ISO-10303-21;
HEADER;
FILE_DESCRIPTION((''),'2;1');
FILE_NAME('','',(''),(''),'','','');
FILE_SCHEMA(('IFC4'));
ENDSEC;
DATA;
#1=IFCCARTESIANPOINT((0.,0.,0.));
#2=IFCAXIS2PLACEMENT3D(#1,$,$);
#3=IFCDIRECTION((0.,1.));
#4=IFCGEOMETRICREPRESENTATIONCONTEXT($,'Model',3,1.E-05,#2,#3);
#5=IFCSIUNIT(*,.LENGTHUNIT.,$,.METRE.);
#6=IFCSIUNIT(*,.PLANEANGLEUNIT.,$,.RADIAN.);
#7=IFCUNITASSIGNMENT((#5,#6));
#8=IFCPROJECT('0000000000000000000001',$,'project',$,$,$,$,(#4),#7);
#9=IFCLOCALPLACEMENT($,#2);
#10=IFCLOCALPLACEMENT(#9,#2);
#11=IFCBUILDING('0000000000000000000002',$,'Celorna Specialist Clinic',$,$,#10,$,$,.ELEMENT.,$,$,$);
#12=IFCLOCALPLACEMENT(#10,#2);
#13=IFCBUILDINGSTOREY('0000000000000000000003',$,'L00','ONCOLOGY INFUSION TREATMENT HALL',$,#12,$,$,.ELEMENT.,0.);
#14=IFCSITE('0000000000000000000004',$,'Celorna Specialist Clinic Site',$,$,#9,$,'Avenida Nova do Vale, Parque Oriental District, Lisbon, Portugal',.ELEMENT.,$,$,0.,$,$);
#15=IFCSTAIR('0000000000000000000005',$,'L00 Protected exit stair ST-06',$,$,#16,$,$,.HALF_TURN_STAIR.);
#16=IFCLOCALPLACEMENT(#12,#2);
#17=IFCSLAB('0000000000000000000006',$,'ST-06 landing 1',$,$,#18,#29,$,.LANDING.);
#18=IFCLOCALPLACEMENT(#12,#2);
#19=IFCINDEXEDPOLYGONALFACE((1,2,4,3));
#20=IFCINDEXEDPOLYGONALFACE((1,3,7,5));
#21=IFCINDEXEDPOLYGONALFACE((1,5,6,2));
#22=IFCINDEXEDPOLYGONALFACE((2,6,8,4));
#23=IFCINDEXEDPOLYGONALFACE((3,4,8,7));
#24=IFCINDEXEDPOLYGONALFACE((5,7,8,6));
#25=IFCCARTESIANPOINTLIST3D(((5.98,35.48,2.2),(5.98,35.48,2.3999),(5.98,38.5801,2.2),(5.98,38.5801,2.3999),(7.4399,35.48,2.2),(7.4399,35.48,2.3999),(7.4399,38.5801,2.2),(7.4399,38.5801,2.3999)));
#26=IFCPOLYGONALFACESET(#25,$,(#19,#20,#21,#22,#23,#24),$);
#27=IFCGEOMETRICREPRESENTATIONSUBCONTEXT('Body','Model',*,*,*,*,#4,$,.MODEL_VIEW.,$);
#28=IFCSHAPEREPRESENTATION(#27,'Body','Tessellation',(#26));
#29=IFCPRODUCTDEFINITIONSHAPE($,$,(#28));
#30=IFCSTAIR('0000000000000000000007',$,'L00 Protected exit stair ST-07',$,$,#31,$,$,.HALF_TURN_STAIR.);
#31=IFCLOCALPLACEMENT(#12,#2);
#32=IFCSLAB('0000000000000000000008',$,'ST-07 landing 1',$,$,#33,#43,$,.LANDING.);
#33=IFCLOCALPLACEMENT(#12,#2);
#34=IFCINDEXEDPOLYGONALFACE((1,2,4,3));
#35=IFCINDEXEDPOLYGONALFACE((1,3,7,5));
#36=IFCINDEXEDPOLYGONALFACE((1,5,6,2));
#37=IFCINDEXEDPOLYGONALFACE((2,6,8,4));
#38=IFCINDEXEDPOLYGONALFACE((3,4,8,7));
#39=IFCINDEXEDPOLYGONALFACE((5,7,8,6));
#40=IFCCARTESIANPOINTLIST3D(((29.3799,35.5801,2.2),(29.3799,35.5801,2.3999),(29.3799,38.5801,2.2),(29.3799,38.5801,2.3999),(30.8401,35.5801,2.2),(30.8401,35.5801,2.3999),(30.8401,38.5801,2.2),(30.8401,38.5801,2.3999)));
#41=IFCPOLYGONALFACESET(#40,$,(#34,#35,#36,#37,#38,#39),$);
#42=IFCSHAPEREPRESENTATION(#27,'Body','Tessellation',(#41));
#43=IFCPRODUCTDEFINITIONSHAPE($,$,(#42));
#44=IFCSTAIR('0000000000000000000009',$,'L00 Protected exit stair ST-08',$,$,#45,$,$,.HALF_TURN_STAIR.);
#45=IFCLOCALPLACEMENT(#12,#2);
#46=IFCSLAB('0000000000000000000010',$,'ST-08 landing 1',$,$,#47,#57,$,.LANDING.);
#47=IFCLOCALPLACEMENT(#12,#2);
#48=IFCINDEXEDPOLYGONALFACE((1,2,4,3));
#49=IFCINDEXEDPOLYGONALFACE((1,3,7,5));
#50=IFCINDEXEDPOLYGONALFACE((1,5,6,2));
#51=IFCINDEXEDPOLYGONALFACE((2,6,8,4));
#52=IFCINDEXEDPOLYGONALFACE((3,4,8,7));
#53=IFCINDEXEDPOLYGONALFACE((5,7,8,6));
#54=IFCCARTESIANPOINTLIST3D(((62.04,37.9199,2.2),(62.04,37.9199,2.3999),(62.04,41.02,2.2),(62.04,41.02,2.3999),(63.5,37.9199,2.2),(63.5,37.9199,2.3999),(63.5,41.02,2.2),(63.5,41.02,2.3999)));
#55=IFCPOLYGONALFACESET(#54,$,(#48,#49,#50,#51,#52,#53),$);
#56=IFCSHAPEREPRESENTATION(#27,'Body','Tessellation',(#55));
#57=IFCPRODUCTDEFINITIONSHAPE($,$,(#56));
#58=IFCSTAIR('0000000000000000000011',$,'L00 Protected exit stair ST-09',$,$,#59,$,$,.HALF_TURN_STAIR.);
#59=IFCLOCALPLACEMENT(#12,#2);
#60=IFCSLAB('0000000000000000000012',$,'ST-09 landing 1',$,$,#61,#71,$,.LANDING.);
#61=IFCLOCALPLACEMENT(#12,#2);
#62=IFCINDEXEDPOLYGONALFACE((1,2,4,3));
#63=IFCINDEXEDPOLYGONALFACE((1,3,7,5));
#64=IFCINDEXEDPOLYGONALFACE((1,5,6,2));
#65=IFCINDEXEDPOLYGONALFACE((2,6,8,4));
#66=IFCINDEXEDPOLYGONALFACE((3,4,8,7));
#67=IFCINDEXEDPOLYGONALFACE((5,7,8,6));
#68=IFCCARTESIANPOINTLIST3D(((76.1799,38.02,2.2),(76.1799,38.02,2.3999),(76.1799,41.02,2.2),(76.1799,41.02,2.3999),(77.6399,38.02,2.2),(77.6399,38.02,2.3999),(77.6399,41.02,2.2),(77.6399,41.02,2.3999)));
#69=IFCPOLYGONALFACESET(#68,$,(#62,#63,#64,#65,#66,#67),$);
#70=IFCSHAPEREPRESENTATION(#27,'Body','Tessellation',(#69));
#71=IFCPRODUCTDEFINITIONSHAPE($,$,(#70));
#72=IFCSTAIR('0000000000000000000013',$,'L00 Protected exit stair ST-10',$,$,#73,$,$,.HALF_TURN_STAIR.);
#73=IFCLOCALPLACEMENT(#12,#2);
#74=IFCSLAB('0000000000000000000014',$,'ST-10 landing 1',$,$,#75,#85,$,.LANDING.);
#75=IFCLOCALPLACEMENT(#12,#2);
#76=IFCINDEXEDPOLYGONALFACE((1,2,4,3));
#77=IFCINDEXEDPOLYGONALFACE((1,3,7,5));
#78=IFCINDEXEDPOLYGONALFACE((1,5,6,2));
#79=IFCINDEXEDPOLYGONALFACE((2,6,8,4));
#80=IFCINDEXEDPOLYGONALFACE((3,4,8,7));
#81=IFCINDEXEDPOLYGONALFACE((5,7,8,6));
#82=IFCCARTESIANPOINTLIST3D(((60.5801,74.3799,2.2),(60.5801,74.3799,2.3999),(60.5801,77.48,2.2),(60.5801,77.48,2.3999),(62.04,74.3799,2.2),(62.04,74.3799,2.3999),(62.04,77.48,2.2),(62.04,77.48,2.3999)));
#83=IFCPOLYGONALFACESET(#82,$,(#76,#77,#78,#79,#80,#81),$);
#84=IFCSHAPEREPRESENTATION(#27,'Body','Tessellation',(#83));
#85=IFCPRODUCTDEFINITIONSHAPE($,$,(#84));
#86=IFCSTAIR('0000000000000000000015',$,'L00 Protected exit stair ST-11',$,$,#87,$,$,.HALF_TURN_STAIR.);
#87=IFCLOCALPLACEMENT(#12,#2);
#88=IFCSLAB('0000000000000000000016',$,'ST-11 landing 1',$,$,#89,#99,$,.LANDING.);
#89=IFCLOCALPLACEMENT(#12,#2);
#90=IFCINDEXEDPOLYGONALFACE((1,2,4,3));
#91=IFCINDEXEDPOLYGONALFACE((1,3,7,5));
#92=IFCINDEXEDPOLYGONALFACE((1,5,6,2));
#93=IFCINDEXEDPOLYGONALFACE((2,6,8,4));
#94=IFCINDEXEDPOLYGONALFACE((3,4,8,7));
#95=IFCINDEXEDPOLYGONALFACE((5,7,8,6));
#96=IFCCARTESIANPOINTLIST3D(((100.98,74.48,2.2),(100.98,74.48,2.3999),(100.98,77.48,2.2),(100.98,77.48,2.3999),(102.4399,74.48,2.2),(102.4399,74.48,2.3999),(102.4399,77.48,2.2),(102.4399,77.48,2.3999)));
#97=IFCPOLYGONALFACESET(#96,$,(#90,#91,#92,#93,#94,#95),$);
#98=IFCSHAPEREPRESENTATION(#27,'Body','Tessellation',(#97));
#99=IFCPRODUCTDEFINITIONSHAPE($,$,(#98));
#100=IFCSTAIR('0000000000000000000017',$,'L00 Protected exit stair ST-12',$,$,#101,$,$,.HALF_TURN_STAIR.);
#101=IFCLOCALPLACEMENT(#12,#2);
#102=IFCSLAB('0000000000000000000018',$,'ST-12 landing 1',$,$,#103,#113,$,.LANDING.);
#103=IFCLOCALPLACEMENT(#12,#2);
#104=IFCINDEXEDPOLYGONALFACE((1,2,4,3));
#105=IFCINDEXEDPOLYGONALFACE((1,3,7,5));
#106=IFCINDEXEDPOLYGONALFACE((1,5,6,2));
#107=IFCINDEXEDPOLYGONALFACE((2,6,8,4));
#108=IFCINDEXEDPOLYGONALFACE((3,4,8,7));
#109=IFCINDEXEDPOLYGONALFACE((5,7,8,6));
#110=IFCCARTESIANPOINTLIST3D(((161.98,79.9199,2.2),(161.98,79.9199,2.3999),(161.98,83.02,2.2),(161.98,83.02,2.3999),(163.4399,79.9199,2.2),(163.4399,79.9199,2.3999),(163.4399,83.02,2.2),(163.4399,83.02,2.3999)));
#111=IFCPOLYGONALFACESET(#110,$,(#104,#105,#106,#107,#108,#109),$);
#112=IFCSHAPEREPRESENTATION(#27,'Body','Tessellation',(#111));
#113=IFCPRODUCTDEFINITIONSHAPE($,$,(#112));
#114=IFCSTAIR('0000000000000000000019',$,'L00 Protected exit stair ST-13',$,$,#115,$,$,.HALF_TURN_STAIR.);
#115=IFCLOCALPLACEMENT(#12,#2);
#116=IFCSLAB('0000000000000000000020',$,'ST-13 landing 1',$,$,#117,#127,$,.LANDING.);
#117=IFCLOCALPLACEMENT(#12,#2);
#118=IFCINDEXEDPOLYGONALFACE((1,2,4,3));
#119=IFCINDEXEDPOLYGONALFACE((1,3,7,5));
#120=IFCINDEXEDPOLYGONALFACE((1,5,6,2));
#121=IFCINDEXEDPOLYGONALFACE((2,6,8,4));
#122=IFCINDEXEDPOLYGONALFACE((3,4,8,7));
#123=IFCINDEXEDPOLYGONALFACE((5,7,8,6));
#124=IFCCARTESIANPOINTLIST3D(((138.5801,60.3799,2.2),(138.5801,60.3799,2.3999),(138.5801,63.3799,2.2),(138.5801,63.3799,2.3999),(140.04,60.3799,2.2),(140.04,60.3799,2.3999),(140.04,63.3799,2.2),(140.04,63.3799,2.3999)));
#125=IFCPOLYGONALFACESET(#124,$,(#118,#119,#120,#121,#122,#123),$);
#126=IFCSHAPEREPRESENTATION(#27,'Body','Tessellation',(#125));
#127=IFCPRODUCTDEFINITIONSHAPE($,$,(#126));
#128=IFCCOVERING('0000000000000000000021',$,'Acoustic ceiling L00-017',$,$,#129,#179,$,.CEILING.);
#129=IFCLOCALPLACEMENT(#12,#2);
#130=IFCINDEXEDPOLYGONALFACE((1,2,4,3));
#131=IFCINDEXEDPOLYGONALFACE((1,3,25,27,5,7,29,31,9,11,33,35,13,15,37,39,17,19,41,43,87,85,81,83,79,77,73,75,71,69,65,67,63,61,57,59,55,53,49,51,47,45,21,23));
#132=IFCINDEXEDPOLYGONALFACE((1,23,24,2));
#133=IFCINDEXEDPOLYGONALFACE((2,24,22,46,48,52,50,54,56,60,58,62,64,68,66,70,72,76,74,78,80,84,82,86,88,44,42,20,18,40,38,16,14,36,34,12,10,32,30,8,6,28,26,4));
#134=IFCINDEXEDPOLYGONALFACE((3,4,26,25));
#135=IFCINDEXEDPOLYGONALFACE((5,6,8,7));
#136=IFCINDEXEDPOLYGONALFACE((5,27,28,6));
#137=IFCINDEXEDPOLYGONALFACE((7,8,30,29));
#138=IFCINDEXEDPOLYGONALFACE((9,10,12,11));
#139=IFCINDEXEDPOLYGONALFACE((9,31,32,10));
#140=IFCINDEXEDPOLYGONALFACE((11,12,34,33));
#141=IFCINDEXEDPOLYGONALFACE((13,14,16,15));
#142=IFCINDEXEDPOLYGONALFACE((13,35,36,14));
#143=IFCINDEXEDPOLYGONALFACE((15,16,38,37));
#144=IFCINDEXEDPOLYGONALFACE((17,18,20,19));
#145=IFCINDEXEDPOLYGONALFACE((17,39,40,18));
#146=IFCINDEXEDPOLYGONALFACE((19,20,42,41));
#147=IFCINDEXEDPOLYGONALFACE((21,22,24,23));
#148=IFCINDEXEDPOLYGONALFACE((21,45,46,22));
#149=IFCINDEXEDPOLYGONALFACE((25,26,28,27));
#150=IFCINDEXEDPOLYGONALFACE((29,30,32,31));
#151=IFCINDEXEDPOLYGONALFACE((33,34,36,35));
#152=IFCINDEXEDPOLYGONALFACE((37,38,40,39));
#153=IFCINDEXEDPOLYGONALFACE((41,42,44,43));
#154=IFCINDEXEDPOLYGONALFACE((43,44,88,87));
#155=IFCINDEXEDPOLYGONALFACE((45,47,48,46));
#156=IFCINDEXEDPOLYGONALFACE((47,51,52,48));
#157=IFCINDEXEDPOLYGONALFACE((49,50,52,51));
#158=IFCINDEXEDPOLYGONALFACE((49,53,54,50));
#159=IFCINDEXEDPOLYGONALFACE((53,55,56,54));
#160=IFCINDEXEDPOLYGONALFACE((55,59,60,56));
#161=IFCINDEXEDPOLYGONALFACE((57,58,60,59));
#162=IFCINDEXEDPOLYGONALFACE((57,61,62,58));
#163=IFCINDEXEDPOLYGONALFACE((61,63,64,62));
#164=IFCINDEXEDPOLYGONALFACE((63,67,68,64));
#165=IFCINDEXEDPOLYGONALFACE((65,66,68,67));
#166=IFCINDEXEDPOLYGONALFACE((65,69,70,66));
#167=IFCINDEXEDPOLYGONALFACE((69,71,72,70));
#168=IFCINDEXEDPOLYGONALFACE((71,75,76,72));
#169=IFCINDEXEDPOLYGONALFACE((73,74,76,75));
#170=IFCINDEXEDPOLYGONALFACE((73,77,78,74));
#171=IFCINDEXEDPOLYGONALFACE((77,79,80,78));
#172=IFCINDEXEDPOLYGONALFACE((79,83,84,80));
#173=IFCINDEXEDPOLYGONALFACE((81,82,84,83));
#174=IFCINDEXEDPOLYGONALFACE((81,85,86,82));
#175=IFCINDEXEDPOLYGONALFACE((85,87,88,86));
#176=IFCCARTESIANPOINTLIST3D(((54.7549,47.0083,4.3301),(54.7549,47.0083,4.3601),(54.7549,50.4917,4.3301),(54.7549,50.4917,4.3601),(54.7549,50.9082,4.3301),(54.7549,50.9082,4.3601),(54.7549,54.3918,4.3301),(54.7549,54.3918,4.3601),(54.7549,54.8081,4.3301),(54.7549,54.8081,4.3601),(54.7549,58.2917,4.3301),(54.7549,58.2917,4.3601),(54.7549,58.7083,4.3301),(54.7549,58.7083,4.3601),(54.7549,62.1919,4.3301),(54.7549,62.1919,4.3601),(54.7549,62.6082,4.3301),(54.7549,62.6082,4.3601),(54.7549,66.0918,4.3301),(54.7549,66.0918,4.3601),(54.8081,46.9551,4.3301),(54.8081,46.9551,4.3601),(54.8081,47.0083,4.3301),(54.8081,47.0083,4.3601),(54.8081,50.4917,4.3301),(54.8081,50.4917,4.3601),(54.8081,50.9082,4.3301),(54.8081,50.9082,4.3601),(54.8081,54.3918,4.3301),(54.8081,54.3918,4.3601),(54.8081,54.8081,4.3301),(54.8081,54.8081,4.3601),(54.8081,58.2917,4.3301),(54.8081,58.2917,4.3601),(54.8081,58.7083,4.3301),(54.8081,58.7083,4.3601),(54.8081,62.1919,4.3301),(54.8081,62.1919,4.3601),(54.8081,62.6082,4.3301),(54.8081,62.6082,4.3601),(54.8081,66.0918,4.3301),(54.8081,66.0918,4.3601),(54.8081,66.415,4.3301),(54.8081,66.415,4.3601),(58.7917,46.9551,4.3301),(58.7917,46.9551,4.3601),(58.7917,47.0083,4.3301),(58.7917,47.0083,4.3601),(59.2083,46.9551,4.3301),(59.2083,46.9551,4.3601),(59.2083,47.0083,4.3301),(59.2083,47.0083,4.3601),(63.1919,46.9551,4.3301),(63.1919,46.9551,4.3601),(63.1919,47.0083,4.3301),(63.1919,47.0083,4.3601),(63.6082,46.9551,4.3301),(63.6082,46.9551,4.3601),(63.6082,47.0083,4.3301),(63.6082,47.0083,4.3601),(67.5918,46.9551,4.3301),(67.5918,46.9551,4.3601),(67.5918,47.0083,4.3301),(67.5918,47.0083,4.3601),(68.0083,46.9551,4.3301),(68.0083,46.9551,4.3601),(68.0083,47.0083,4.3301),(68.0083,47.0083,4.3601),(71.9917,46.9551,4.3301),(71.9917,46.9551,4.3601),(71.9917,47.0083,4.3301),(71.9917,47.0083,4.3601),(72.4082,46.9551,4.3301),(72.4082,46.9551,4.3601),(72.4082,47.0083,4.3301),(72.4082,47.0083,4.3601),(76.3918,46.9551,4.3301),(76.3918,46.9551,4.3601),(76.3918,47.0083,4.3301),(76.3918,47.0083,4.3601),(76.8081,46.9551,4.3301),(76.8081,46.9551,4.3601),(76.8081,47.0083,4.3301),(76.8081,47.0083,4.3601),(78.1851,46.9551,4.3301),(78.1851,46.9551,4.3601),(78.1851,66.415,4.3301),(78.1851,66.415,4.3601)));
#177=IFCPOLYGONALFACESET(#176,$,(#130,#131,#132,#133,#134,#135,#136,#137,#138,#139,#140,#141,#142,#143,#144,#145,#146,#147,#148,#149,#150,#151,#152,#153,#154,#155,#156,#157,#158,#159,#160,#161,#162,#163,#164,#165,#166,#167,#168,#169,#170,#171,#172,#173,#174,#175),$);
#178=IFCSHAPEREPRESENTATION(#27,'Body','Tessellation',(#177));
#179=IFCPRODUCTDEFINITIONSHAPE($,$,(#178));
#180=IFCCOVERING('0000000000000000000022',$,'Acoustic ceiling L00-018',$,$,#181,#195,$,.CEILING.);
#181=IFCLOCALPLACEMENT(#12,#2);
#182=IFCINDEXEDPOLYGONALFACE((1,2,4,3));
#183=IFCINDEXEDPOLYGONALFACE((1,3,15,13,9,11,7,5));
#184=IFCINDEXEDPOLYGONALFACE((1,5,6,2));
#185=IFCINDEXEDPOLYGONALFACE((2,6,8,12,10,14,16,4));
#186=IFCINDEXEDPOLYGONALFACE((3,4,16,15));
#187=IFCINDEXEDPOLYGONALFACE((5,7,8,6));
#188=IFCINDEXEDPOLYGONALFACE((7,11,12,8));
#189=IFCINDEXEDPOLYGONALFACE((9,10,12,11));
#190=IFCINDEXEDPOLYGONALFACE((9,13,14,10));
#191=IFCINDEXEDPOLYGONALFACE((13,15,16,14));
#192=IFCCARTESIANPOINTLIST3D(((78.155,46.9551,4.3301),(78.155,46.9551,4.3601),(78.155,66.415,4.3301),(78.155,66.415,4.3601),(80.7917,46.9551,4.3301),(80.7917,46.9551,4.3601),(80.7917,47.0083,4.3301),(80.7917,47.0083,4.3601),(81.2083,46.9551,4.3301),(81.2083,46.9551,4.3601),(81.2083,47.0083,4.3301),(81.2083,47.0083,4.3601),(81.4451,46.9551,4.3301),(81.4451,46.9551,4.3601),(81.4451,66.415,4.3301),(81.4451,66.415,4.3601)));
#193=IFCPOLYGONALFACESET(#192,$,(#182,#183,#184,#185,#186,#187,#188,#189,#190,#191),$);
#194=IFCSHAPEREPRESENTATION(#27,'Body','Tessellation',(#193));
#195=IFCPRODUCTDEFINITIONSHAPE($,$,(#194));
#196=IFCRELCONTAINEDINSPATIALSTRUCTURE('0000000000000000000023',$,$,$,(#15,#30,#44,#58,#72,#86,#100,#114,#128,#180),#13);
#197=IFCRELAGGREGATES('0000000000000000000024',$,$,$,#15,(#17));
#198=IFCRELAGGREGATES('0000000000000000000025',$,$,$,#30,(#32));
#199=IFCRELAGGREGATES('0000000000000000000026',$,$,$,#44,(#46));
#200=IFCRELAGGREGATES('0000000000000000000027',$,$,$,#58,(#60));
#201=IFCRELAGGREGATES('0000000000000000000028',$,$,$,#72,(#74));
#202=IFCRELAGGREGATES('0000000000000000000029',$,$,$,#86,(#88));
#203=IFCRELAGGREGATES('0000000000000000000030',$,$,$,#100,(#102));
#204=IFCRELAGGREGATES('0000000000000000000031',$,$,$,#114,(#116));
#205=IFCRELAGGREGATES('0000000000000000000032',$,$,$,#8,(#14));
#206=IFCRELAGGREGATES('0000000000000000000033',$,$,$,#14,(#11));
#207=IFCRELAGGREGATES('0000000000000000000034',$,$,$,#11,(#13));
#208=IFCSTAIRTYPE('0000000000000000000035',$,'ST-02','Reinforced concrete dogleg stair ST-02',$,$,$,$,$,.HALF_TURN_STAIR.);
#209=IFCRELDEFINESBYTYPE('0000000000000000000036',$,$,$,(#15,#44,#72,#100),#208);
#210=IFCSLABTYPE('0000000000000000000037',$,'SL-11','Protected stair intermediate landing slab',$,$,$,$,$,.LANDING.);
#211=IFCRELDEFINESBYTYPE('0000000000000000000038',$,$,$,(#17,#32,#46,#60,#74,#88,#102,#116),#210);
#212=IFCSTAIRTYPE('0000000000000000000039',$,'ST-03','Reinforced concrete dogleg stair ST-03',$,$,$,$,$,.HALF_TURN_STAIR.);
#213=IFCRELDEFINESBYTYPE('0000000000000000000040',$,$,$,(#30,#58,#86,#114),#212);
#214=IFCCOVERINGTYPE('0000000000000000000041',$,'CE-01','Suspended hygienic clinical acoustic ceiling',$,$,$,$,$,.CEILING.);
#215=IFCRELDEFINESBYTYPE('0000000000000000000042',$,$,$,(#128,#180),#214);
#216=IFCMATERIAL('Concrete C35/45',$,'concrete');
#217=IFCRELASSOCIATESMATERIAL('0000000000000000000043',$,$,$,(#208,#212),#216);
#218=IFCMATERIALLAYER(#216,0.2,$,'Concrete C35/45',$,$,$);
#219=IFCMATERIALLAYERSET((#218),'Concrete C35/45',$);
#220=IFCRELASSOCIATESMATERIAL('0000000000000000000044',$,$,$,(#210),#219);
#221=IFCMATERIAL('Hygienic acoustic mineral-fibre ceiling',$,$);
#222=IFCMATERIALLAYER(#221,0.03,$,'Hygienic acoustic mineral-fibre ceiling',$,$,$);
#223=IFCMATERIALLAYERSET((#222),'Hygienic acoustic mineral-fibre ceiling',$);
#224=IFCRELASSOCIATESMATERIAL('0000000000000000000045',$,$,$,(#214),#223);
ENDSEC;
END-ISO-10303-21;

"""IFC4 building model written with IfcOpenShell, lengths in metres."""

from ifc_helpers import new_model, si_unit, direction, frame, origin, place, context, subcontext, project, spatial, polyline, outline, extrude, material, layer, layer_set, type_object, element, aggregate, save


model = new_model("IFC4")

# Units and contexts
model_context = context("Model", 3, precision=1e-05, world=origin(), true_north=direction((0.0, 1.0)))
body_context = subcontext(model_context, "Body", "Model", "MODEL_VIEW")
ifc_project = project(units=[si_unit("LENGTHUNIT", "METRE"), si_unit("PLANEANGLEUNIT", "RADIAN")], contexts=[model_context])

# Site, building, storey
site_placement = place(None, origin())
site = spatial("IfcSite", under=ifc_project, at=site_placement, Name="Celorna Specialist Clinic Site", LongName="Avenida Nova do Vale, Parque Oriental District, Lisbon, Portugal", CompositionType="ELEMENT", RefElevation=0.0)
building_placement = place(site_placement, origin())
building = spatial("IfcBuilding", under=site, at=building_placement, Name="Celorna Specialist Clinic", CompositionType="ELEMENT")
storey_placement = place(building_placement, origin())
storey = spatial("IfcBuildingStorey", under=building, at=storey_placement, Name="L00", Description="ONCOLOGY INFUSION TREATMENT HALL", CompositionType="ELEMENT", Elevation=0.0)

# Stairs, slabs
ifc_material_1 = material(Name="Concrete C35/45", Category="concrete")
stair_type_1 = type_object("IfcStairType", Name="ST-02", Description="Reinforced concrete dogleg stair ST-02", PredefinedType="HALF_TURN_STAIR", material=ifc_material_1)
stair_1_placement = place(storey_placement, origin())
stair_1 = element("IfcStair", 1, at=stair_1_placement, inside=storey, type_object=stair_type_1, Name="L00 Protected exit stair ST-06", PredefinedType="HALF_TURN_STAIR")
ifc_layer_1 = layer(ifc_material_1, 0.2, Name="Concrete C35/45")
ifc_layer_set_1 = layer_set([ifc_layer_1], Name="Concrete C35/45")
slab_type = type_object("IfcSlabType", Name="SL-11", Description="Protected stair intermediate landing slab", PredefinedType="LANDING", material=ifc_layer_set_1)
slab_1_placement = place(storey_placement, frame((0.0, 0.0, 2.2)))
slab_1 = element("IfcSlab", 2, at=slab_1_placement, type_object=slab_type, Name="ST-06 landing 1", PredefinedType="LANDING", context=body_context, shape_type="SweptSolid", body=[
    extrude(outline(polyline([(5.98, 35.48), (7.4399, 35.48), (7.4399, 38.5801), (5.98, 38.5801), (5.98, 35.48)])), origin(), (0.0, 0.0, 1.0), 0.2),
])
aggregate(stair_1, [slab_1])
stair_type_2 = type_object("IfcStairType", Name="ST-03", Description="Reinforced concrete dogleg stair ST-03", PredefinedType="HALF_TURN_STAIR", material=ifc_material_1)
stair_2_placement = place(storey_placement, origin())
stair_2 = element("IfcStair", 3, at=stair_2_placement, inside=storey, type_object=stair_type_2, Name="L00 Protected exit stair ST-07", PredefinedType="HALF_TURN_STAIR")
slab_2_placement = place(storey_placement, frame((0.0, 0.0, 2.2)))
slab_2 = element("IfcSlab", 4, at=slab_2_placement, type_object=slab_type, Name="ST-07 landing 1", PredefinedType="LANDING", context=body_context, shape_type="SweptSolid", body=[
    extrude(outline(polyline([(29.3799, 35.5801), (30.8401, 35.5801), (30.8401, 38.5801), (29.3799, 38.5801), (29.3799, 35.5801)])), origin(), (0.0, 0.0, 1.0), 0.2),
])
aggregate(stair_2, [slab_2])
stair_3_placement = place(storey_placement, origin())
stair_3 = element("IfcStair", 5, at=stair_3_placement, inside=storey, type_object=stair_type_1, Name="L00 Protected exit stair ST-08", PredefinedType="HALF_TURN_STAIR")
slab_3_placement = place(storey_placement, frame((0.0, 0.0, 2.2)))
slab_3 = element("IfcSlab", 6, at=slab_3_placement, type_object=slab_type, Name="ST-08 landing 1", PredefinedType="LANDING", context=body_context, shape_type="SweptSolid", body=[
    extrude(outline(polyline([(62.04, 37.9199), (63.5, 37.9199), (63.5, 41.02), (62.04, 41.02), (62.04, 37.9199)])), origin(), (0.0, 0.0, 1.0), 0.2),
])
aggregate(stair_3, [slab_3])
stair_4_placement = place(storey_placement, origin())
stair_4 = element("IfcStair", 7, at=stair_4_placement, inside=storey, type_object=stair_type_2, Name="L00 Protected exit stair ST-09", PredefinedType="HALF_TURN_STAIR")
slab_4_placement = place(storey_placement, frame((0.0, 0.0, 2.2)))
slab_4 = element("IfcSlab", 8, at=slab_4_placement, type_object=slab_type, Name="ST-09 landing 1", PredefinedType="LANDING", context=body_context, shape_type="SweptSolid", body=[
    extrude(outline(polyline([(76.1799, 38.02), (77.6399, 38.02), (77.6399, 41.02), (76.1799, 41.02), (76.1799, 38.02)])), origin(), (0.0, 0.0, 1.0), 0.2),
])
aggregate(stair_4, [slab_4])
stair_5_placement = place(storey_placement, origin())
stair_5 = element("IfcStair", 9, at=stair_5_placement, inside=storey, type_object=stair_type_1, Name="L00 Protected exit stair ST-10", PredefinedType="HALF_TURN_STAIR")
slab_5_placement = place(storey_placement, frame((0.0, 0.0, 2.2)))
slab_5 = element("IfcSlab", 10, at=slab_5_placement, type_object=slab_type, Name="ST-10 landing 1", PredefinedType="LANDING", context=body_context, shape_type="SweptSolid", body=[
    extrude(outline(polyline([(60.5801, 74.3799), (62.04, 74.3799), (62.04, 77.48), (60.5801, 77.48), (60.5801, 74.3799)])), origin(), (0.0, 0.0, 1.0), 0.2),
])
aggregate(stair_5, [slab_5])
stair_6_placement = place(storey_placement, origin())
stair_6 = element("IfcStair", 11, at=stair_6_placement, inside=storey, type_object=stair_type_2, Name="L00 Protected exit stair ST-11", PredefinedType="HALF_TURN_STAIR")
slab_6_placement = place(storey_placement, frame((0.0, 0.0, 2.2)))
slab_6 = element("IfcSlab", 12, at=slab_6_placement, type_object=slab_type, Name="ST-11 landing 1", PredefinedType="LANDING", context=body_context, shape_type="SweptSolid", body=[
    extrude(outline(polyline([(100.98, 74.48), (102.4399, 74.48), (102.4399, 77.48), (100.98, 77.48), (100.98, 74.48)])), origin(), (0.0, 0.0, 1.0), 0.2),
])
aggregate(stair_6, [slab_6])
stair_7_placement = place(storey_placement, origin())
stair_7 = element("IfcStair", 13, at=stair_7_placement, inside=storey, type_object=stair_type_1, Name="L00 Protected exit stair ST-12", PredefinedType="HALF_TURN_STAIR")
slab_7_placement = place(storey_placement, frame((0.0, 0.0, 2.2)))
slab_7 = element("IfcSlab", 14, at=slab_7_placement, type_object=slab_type, Name="ST-12 landing 1", PredefinedType="LANDING", context=body_context, shape_type="SweptSolid", body=[
    extrude(outline(polyline([(161.98, 79.9199), (163.4399, 79.9199), (163.4399, 83.02), (161.98, 83.02), (161.98, 79.9199)])), origin(), (0.0, 0.0, 1.0), 0.2),
])
aggregate(stair_7, [slab_7])
stair_8_placement = place(storey_placement, origin())
stair_8 = element("IfcStair", 15, at=stair_8_placement, inside=storey, type_object=stair_type_2, Name="L00 Protected exit stair ST-13", PredefinedType="HALF_TURN_STAIR")
slab_8_placement = place(storey_placement, frame((0.0, 0.0, 2.2)))
slab_8 = element("IfcSlab", 16, at=slab_8_placement, type_object=slab_type, Name="ST-13 landing 1", PredefinedType="LANDING", context=body_context, shape_type="SweptSolid", body=[
    extrude(outline(polyline([(138.5801, 60.3799), (140.04, 60.3799), (140.04, 63.3799), (138.5801, 63.3799), (138.5801, 60.3799)])), origin(), (0.0, 0.0, 1.0), 0.2),
])
aggregate(stair_8, [slab_8])

# Coverings
ifc_material_2 = material(Name="Hygienic acoustic mineral-fibre ceiling")
ifc_layer_2 = layer(ifc_material_2, 0.03, Name="Hygienic acoustic mineral-fibre ceiling")
ifc_layer_set_2 = layer_set([ifc_layer_2], Name="Hygienic acoustic mineral-fibre ceiling")
covering_type = type_object("IfcCoveringType", Name="CE-01", Description="Suspended hygienic clinical acoustic ceiling", PredefinedType="CEILING", material=ifc_layer_set_2)
covering_1_placement = place(storey_placement, frame((0.0, 0.0, 4.3301)))
element("IfcCovering", 17, at=covering_1_placement, inside=storey, type_object=covering_type, Name="Acoustic ceiling L00-017", PredefinedType="CEILING", context=body_context, shape_type="SweptSolid", body=[
    extrude(outline(polyline([(54.7549, 50.4917), (54.8081, 50.4917), (54.8081, 50.9082), (54.7549, 50.9082), (54.7549, 54.3918), (54.8081, 54.3918), (54.8081, 54.8081), (54.7549, 54.8081), (54.7549, 58.2917), (54.8081, 58.2917), (54.8081, 58.7083), (54.7549, 58.7083), (54.7549, 62.1919), (54.8081, 62.1919), (54.8081, 62.6082), (54.7549, 62.6082), (54.7549, 66.0918), (54.8081, 66.0918), (54.8081, 66.415), (78.1851, 66.415), (78.1851, 46.9551), (76.8081, 46.9551), (76.8081, 47.0083), (76.3918, 47.0083), (76.3918, 46.9551), (72.4082, 46.9551), (72.4082, 47.0083), (71.9917, 47.0083), (71.9917, 46.9551), (68.0083, 46.9551), (68.0083, 47.0083), (67.5918, 47.0083), (67.5918, 46.9551), (63.6082, 46.9551), (63.6082, 47.0083), (63.1919, 47.0083), (63.1919, 46.9551), (59.2083, 46.9551), (59.2083, 47.0083), (58.7917, 47.0083), (58.7917, 46.9551), (54.8081, 46.9551), (54.8081, 47.0083), (54.7549, 47.0083), (54.7549, 50.4917)])), origin(), (0.0, 0.0, 1.0), 0.03),
])
covering_2_placement = place(storey_placement, frame((0.0, 0.0, 4.3301)))
element("IfcCovering", 18, at=covering_2_placement, inside=storey, type_object=covering_type, Name="Acoustic ceiling L00-018", PredefinedType="CEILING", context=body_context, shape_type="SweptSolid", body=[
    extrude(outline(polyline([(81.4451, 66.415), (81.4451, 46.9551), (81.2083, 46.9551), (81.2083, 47.0083), (80.7917, 47.0083), (80.7917, 46.9551), (78.155, 46.9551), (78.155, 66.415), (81.4451, 66.415)])), origin(), (0.0, 0.0, 1.0), 0.03),
])

save(model, "model.ifc")
